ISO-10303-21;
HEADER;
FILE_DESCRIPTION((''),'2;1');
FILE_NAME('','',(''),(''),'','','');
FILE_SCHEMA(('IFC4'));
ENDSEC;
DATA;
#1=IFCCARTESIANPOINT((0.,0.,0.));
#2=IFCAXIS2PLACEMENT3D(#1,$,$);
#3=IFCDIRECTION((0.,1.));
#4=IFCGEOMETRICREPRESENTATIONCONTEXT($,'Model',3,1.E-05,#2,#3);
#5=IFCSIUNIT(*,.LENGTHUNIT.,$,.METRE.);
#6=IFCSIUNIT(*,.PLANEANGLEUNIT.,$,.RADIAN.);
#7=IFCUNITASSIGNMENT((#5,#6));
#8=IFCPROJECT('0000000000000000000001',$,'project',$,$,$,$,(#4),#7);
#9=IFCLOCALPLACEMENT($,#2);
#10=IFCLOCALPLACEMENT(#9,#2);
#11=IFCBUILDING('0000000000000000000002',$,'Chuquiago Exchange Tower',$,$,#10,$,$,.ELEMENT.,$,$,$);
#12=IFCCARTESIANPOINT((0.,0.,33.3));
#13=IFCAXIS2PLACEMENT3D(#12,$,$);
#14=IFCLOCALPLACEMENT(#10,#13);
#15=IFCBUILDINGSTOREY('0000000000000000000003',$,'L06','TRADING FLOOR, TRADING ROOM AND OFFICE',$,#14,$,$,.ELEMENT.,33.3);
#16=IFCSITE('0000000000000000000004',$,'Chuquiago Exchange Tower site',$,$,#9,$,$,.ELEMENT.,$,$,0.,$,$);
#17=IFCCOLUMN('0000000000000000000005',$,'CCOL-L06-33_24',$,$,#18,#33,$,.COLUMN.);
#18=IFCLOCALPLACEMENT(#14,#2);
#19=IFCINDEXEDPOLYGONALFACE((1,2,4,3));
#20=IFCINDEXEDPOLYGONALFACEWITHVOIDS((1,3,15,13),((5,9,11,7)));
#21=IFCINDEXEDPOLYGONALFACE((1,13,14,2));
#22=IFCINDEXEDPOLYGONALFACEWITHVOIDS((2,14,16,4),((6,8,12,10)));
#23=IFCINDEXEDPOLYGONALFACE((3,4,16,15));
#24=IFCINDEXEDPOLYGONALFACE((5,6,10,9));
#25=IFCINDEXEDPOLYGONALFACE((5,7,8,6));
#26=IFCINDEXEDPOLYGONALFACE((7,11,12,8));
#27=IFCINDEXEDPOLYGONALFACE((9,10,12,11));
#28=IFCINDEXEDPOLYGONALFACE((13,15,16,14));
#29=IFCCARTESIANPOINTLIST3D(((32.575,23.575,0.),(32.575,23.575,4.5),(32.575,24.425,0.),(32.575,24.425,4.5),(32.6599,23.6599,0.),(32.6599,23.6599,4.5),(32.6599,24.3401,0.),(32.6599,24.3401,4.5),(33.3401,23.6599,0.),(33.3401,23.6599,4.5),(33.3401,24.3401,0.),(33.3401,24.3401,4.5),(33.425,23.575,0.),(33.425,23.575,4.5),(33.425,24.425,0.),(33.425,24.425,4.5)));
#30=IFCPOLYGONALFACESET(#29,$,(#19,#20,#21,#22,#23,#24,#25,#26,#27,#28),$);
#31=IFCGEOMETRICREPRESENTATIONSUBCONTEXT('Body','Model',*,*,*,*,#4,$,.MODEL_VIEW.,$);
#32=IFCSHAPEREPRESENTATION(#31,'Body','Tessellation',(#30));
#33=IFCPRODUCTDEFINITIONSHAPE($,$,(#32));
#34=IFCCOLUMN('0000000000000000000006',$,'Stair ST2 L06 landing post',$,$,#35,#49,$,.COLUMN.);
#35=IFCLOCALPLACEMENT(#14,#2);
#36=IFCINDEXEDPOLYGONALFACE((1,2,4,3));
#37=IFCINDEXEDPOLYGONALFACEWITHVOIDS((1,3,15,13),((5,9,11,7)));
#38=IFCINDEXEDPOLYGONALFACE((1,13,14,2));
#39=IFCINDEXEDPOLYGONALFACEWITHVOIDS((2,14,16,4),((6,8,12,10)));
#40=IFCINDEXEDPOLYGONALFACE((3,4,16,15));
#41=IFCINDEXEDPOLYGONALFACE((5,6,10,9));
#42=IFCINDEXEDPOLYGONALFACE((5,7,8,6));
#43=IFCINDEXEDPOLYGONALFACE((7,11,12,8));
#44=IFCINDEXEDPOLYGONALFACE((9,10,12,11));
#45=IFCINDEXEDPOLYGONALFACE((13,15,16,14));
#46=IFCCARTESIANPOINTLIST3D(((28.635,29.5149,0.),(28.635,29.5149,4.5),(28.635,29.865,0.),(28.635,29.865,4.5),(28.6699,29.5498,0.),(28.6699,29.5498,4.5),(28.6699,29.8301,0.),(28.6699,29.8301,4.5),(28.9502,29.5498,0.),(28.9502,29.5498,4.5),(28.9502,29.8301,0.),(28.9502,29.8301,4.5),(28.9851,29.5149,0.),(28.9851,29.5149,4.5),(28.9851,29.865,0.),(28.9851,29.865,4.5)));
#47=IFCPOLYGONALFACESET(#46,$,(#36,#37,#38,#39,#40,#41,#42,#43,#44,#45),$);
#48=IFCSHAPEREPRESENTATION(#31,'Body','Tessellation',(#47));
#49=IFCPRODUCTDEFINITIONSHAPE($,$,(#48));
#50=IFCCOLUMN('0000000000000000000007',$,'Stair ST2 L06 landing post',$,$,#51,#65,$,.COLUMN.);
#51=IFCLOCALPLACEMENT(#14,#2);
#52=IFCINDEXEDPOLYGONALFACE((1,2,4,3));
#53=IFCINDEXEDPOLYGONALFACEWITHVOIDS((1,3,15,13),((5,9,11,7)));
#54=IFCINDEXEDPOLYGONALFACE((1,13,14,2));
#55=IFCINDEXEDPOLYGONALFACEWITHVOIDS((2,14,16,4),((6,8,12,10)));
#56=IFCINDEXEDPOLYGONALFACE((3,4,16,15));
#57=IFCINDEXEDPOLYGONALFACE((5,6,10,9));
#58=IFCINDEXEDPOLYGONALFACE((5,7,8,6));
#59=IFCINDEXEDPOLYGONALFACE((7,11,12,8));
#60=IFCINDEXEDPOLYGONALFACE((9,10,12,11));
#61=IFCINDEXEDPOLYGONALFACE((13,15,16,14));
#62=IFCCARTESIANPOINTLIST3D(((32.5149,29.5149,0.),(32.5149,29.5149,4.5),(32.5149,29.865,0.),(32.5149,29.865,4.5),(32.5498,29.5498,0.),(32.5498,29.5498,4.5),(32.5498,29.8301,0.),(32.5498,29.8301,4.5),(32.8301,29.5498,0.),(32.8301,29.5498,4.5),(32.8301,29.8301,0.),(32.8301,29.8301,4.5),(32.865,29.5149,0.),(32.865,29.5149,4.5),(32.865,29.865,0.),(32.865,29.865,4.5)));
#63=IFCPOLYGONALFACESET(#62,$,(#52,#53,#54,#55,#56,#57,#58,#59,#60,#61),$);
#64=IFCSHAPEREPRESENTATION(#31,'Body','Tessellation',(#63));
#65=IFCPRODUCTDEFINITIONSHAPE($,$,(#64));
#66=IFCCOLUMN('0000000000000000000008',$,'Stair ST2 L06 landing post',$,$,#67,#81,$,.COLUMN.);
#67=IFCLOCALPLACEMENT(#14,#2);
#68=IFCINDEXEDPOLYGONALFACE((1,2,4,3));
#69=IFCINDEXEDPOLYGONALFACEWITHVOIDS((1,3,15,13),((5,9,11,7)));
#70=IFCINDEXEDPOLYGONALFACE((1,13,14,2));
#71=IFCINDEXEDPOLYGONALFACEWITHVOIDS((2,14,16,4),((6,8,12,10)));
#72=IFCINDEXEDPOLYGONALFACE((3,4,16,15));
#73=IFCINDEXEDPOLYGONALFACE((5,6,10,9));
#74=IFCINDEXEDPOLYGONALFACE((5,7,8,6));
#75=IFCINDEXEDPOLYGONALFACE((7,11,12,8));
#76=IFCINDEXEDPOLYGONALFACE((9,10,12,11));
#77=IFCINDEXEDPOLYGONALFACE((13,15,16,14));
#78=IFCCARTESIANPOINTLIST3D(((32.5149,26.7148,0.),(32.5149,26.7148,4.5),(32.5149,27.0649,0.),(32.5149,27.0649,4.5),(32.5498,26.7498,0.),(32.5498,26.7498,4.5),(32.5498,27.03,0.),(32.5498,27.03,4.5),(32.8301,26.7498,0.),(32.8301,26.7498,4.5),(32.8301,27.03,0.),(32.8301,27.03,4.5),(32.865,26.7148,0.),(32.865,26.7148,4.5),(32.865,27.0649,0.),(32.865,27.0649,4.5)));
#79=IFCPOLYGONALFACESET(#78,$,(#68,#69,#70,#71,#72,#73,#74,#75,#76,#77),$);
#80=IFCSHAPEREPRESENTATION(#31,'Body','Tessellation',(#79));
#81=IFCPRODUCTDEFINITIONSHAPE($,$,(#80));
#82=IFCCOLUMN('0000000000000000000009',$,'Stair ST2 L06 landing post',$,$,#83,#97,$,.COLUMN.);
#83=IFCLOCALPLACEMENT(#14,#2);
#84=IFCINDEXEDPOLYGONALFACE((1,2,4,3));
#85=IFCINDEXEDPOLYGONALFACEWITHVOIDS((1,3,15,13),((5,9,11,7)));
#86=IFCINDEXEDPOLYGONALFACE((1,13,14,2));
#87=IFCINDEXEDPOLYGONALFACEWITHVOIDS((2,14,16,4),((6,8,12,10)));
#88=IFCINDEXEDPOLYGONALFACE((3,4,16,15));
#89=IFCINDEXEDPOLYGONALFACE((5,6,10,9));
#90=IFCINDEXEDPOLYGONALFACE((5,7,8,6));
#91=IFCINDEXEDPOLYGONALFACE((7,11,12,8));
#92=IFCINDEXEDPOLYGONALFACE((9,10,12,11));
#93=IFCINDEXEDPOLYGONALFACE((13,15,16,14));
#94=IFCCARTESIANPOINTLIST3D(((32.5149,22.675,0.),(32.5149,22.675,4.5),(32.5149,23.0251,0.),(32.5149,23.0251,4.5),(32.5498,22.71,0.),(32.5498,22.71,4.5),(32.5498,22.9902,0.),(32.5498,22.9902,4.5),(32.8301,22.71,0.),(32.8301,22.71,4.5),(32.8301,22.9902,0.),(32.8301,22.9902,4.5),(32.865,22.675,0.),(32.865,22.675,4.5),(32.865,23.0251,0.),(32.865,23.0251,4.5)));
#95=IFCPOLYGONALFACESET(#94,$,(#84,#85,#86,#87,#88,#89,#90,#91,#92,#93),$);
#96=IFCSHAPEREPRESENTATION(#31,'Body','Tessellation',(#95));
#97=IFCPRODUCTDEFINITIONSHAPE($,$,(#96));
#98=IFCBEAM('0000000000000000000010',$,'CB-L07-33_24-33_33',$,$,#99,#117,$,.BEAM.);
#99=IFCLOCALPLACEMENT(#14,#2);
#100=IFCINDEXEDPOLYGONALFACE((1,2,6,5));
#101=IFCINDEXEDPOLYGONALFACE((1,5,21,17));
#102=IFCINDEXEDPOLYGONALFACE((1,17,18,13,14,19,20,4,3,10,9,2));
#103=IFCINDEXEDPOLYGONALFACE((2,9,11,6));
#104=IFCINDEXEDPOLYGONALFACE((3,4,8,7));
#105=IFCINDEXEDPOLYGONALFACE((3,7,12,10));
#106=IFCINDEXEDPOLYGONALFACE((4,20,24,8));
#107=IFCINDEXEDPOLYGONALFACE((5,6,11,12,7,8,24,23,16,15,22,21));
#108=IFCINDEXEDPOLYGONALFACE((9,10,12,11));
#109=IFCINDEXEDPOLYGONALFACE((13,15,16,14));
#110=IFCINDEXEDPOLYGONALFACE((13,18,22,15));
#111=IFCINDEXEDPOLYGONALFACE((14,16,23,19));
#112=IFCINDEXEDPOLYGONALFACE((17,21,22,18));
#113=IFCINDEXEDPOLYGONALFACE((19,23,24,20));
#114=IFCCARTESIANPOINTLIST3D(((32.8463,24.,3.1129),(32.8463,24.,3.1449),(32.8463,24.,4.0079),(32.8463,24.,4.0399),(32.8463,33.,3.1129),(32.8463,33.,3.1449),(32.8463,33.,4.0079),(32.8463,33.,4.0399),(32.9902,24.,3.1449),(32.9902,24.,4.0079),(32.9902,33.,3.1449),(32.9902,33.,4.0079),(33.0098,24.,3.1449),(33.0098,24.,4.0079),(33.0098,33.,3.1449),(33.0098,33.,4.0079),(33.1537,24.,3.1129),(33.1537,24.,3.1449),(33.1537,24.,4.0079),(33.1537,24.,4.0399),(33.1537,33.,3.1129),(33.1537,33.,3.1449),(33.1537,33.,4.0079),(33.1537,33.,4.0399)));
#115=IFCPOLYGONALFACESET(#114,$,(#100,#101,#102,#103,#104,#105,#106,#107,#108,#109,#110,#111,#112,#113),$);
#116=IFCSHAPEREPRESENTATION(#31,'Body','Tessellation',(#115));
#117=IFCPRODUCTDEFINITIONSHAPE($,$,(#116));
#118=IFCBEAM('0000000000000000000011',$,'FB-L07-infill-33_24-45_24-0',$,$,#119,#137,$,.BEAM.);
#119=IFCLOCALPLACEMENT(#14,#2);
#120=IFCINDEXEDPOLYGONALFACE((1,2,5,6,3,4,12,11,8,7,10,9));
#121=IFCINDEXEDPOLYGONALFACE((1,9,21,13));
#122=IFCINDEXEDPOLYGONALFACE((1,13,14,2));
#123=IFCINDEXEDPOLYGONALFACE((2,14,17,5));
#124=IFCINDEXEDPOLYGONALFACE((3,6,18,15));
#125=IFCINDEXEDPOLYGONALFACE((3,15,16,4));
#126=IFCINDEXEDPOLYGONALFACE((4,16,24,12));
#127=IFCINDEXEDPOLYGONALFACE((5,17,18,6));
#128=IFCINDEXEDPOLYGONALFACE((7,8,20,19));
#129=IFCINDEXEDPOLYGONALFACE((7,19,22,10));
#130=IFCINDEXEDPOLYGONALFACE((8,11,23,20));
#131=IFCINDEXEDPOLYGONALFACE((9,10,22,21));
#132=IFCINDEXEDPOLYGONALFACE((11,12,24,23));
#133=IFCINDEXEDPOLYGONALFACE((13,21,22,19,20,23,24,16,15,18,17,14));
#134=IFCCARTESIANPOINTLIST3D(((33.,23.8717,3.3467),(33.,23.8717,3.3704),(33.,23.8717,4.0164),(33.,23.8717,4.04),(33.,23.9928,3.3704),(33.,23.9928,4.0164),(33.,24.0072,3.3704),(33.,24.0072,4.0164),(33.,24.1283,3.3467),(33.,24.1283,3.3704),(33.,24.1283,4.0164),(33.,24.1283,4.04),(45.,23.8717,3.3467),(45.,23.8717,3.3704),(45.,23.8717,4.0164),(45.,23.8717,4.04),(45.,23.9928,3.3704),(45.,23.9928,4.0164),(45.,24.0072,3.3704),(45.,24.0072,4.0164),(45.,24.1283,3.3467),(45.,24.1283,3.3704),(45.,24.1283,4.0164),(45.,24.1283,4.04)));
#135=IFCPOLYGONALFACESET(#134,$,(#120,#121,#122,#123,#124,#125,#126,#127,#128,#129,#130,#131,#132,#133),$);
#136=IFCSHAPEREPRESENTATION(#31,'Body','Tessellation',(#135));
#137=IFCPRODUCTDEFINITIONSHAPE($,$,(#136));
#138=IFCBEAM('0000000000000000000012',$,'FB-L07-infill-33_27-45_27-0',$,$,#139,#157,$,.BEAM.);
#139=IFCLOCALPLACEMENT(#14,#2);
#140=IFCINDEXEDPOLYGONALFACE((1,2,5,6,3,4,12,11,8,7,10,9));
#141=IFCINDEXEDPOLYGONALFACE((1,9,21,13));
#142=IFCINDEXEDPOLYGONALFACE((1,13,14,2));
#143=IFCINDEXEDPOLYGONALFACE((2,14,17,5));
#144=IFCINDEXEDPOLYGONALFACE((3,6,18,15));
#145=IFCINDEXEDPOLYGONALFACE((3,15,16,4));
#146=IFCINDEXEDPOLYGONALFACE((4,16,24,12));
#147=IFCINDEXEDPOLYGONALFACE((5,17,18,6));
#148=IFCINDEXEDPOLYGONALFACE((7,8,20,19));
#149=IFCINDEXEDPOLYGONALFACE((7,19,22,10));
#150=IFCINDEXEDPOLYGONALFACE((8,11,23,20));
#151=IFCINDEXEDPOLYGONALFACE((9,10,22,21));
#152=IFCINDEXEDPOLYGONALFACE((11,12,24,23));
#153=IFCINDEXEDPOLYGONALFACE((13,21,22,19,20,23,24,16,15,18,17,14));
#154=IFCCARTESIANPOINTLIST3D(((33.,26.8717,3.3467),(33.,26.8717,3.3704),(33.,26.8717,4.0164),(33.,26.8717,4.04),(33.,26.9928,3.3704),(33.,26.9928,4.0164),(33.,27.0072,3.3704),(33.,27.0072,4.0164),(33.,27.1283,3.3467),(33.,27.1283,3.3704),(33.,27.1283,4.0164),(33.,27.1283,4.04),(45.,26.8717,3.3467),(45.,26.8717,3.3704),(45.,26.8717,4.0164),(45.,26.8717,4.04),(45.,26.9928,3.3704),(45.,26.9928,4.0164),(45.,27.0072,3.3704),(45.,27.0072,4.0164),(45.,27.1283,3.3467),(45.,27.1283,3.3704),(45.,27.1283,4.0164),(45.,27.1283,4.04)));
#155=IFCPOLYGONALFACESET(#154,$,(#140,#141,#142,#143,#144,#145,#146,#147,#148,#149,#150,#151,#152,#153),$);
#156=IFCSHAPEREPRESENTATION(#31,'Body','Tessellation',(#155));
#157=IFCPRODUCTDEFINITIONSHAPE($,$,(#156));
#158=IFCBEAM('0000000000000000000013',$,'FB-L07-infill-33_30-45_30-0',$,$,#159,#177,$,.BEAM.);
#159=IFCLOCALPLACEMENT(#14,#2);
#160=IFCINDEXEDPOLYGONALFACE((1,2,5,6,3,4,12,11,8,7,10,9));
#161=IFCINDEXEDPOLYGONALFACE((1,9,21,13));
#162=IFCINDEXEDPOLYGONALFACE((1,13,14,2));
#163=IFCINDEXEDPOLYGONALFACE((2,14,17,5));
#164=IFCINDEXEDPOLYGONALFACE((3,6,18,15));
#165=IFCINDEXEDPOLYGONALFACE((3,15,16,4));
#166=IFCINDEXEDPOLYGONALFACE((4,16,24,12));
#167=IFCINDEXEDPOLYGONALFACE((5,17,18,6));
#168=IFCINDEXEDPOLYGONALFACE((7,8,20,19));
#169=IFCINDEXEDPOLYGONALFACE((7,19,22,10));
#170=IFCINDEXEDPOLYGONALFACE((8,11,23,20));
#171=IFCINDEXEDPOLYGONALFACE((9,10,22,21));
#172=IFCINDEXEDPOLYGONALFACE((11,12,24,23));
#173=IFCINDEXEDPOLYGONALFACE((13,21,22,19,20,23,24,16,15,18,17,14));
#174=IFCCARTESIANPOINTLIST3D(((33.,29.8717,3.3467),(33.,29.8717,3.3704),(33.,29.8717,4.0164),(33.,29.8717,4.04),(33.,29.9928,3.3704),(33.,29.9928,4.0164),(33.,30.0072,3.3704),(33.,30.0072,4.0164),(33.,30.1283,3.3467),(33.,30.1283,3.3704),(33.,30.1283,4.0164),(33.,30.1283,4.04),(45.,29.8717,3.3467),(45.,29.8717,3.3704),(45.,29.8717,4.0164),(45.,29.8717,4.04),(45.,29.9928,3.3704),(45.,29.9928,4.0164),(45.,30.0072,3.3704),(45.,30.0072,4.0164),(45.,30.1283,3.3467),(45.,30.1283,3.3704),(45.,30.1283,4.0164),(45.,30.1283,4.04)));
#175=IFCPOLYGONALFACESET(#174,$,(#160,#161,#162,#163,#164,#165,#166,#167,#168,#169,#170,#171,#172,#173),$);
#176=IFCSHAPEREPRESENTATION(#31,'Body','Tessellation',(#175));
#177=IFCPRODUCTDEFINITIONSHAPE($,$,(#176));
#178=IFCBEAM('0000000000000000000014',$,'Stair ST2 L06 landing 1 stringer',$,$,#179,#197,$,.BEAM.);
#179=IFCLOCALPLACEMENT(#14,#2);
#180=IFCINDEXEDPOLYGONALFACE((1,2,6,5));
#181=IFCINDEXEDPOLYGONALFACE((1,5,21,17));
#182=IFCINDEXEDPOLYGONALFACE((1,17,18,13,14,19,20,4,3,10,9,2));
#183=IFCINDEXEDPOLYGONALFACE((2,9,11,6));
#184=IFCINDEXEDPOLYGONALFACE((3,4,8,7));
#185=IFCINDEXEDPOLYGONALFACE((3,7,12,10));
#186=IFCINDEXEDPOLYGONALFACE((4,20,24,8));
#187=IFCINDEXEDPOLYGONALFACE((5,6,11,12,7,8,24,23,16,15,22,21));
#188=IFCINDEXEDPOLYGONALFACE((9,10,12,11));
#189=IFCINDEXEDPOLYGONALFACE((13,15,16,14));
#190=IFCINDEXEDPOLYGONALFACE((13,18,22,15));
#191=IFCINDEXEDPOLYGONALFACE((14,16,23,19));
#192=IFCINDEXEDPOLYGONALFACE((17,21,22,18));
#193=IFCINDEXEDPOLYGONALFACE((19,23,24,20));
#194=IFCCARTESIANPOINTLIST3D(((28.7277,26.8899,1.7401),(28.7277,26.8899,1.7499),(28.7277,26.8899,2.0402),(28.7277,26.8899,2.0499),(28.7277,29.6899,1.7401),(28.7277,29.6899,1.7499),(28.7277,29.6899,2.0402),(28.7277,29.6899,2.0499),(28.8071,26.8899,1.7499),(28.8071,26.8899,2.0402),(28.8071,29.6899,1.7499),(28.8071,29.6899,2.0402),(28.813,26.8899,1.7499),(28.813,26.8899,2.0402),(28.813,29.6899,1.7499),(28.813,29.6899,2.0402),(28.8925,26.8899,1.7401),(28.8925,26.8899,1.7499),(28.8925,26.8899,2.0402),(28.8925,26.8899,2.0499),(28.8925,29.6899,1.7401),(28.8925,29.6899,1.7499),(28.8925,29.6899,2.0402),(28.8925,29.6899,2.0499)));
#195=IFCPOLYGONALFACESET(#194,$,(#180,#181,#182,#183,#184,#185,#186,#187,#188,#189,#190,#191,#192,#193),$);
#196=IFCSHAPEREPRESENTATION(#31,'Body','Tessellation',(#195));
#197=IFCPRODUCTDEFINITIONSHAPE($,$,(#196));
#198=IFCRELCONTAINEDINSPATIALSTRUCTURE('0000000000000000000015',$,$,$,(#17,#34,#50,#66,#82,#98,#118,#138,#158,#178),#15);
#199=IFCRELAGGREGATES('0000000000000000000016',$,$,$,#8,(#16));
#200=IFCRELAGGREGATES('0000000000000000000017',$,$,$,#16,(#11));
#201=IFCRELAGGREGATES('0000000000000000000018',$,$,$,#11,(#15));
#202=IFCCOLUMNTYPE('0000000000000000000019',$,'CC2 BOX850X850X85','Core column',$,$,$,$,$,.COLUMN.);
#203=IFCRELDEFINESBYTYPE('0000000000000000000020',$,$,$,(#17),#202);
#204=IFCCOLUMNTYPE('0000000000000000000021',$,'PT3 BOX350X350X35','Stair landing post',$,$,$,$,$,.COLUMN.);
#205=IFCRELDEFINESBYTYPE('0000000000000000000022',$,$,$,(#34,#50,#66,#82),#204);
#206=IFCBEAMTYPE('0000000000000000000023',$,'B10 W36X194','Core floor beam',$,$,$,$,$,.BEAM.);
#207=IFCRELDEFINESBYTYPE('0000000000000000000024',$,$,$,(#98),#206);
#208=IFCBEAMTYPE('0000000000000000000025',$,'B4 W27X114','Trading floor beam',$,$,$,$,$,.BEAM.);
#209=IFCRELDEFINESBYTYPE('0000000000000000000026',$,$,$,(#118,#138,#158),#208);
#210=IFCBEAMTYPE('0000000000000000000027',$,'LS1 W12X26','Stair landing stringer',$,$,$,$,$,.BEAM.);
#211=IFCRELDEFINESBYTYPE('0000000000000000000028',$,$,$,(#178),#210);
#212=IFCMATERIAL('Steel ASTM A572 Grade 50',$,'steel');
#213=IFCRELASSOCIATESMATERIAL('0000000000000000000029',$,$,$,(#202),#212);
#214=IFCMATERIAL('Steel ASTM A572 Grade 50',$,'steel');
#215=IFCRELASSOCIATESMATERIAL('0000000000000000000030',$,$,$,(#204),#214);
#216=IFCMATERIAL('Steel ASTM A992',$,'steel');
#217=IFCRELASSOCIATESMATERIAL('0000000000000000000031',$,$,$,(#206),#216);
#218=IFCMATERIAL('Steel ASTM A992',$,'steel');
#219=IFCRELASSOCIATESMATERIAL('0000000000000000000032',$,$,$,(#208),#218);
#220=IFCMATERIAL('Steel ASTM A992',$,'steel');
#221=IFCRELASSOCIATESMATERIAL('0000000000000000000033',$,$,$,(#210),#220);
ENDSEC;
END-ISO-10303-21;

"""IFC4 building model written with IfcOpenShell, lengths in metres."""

from ifc_helpers import new_model, si_unit, direction, frame, origin, origin_2d, place, context, subcontext, project, spatial, hollow_rectangle, i_section, extrude, material, material_profile, profile_set, type_object, element, save


model = new_model("IFC4")

# Units and contexts
model_context = context("Model", 3, precision=1e-05, world=origin(), true_north=direction((0.0, 1.0)))
body_context = subcontext(model_context, "Body", "Model", "MODEL_VIEW")
ifc_project = project(units=[si_unit("LENGTHUNIT", "METRE"), si_unit("PLANEANGLEUNIT", "RADIAN")], contexts=[model_context])

# Site, building, storey
site_placement = place(None, origin())
site = spatial("IfcSite", under=ifc_project, at=site_placement, Name="Chuquiago Exchange Tower site", CompositionType="ELEMENT", RefElevation=0.0)
building_placement = place(site_placement, origin())
building = spatial("IfcBuilding", under=site, at=building_placement, Name="Chuquiago Exchange Tower", CompositionType="ELEMENT")
storey_placement = place(building_placement, frame((0.0, 0.0, 33.3)))
storey = spatial("IfcBuildingStorey", under=building, at=storey_placement, Name="L06", Description="TRADING FLOOR, TRADING ROOM AND OFFICE", CompositionType="ELEMENT", Elevation=33.3)

# Columns
ifc_material_1 = material(Name="Steel ASTM A572 Grade 50", Category="steel")
ifc_material_profile_1 = material_profile(ifc_material_1, hollow_rectangle(XDim=0.8501, YDim=0.8501, WallThickness=0.085, at=origin_2d()), Name="BOX850X850X85")
ifc_profile_set_1 = profile_set([ifc_material_profile_1], Name="Steel ASTM A572 Grade 50")
column_type_1 = type_object("IfcColumnType", Name="CC2 BOX850X850X85", Description="Core column", PredefinedType="COLUMN", material=ifc_profile_set_1)
column_placement = place(storey_placement, frame((33.0, 24.0, 0.0), z_axis=(0.0, 0.0, 1.0), x_axis=(1.0, 0.0, 0.0)))
element("IfcColumn", 1, at=column_placement, inside=storey, type_object=column_type_1, Name="CCOL-L06-33_24", PredefinedType="COLUMN", context=body_context, shape_type="SweptSolid", body=[
    extrude(hollow_rectangle(XDim=0.8501, YDim=0.8501, WallThickness=0.085, at=origin_2d()), origin(), (0.0, 0.0, 1.0), 4.5),
])
ifc_material_2 = material(Name="Steel ASTM A572 Grade 50", Category="steel")
ifc_material_profile_2 = material_profile(ifc_material_2, hollow_rectangle(XDim=0.3501, YDim=0.3501, WallThickness=0.0349, at=origin_2d()), Name="BOX350X350X35")
ifc_profile_set_2 = profile_set([ifc_material_profile_2], Name="Steel ASTM A572 Grade 50")
column_type_2 = type_object("IfcColumnType", Name="PT3 BOX350X350X35", Description="Stair landing post", PredefinedType="COLUMN", material=ifc_profile_set_2)
for number, where, z_axis, x_axis, name in (
    (2, (28.8101, 29.6899, 0.0), (0.0, 0.0, 1.0), (1.0, 0.0, 0.0), "Stair ST2 L06 landing post"),
    (3, (32.6899, 29.6899, 0.0), (0.0, 0.0, 1.0), (1.0, 0.0, 0.0), "Stair ST2 L06 landing post"),
    (4, (32.6899, 26.8899, 0.0), (0.0, 0.0, 1.0), (1.0, 0.0, 0.0), "Stair ST2 L06 landing post"),
    (5, (32.6899, 22.8501, 0.0), (0.0, 0.0, 1.0), (1.0, 0.0, 0.0), "Stair ST2 L06 landing post"),
):
    element("IfcColumn", number, at=place(storey_placement, frame(where, z_axis=z_axis, x_axis=x_axis)), inside=storey, type_object=column_type_2, Name=name, PredefinedType="COLUMN", context=body_context, shape_type="SweptSolid", body=[
        extrude(hollow_rectangle(XDim=0.3501, YDim=0.3501, WallThickness=0.0349, at=origin_2d()), origin(), (0.0, 0.0, 1.0), 4.5),
    ])

# Beams
ifc_material_3 = material(Name="Steel ASTM A992", Category="steel")
ifc_material_profile_3 = material_profile(ifc_material_3, i_section(OverallWidth=0.3074, OverallDepth=0.927, WebThickness=0.0195, FlangeThickness=0.032, at=origin_2d()), Name="W36X194")
ifc_profile_set_3 = profile_set([ifc_material_profile_3], Name="Steel ASTM A992")
beam_type_1 = type_object("IfcBeamType", Name="B10 W36X194", Description="Core floor beam", PredefinedType="BEAM", material=ifc_profile_set_3)
beam_placement = place(storey_placement, frame((33.0, 24.0, 3.5764), z_axis=(0.0, 1.0, 0.0), x_axis=(-1.0, 0.0, 0.0)))
element("IfcBeam", 6, at=beam_placement, inside=storey, type_object=beam_type_1, Name="CB-L07-33_24-33_33", PredefinedType="BEAM", context=body_context, shape_type="SweptSolid", body=[
    extrude(i_section(OverallWidth=0.3074, OverallDepth=0.927, WebThickness=0.0195, FlangeThickness=0.032, at=origin_2d()), origin(), (0.0, 0.0, 1.0), 9.0),
])
ifc_material_4 = material(Name="Steel ASTM A992", Category="steel")
ifc_material_profile_4 = material_profile(ifc_material_4, i_section(OverallWidth=0.2566, OverallDepth=0.6934, WebThickness=0.0144, FlangeThickness=0.0237, at=origin_2d()), Name="W27X114")
ifc_profile_set_4 = profile_set([ifc_material_profile_4], Name="Steel ASTM A992")
beam_type_2 = type_object("IfcBeamType", Name="B4 W27X114", Description="Trading floor beam", PredefinedType="BEAM", material=ifc_profile_set_4)
for number, where, z_axis, x_axis, name in (
    (7, (33.0, 24.0, 3.6934), (1.0, 0.0, 0.0), (0.0, 1.0, 0.0), "FB-L07-infill-33_24-45_24-0"),
    (8, (33.0, 27.0, 3.6934), (1.0, 0.0, 0.0), (0.0, 1.0, 0.0), "FB-L07-infill-33_27-45_27-0"),
    (9, (33.0, 30.0, 3.6934), (1.0, 0.0, 0.0), (0.0, 1.0, 0.0), "FB-L07-infill-33_30-45_30-0"),
):
    element("IfcBeam", number, at=place(storey_placement, frame(where, z_axis=z_axis, x_axis=x_axis)), inside=storey, type_object=beam_type_2, Name=name, PredefinedType="BEAM", context=body_context, shape_type="SweptSolid", body=[
        extrude(i_section(OverallWidth=0.2566, OverallDepth=0.6934, WebThickness=0.0144, FlangeThickness=0.0237, at=origin_2d()), origin(), (0.0, 0.0, 1.0), 12.0),
    ])
ifc_material_5 = material(Name="Steel ASTM A992", Category="steel")
ifc_material_profile_5 = material_profile(ifc_material_5, i_section(OverallWidth=0.1648, OverallDepth=0.3098, WebThickness=0.0059, FlangeThickness=0.0098, at=origin_2d()), Name="W12X26")
ifc_profile_set_5 = profile_set([ifc_material_profile_5], Name="Steel ASTM A992")
beam_type_3 = type_object("IfcBeamType", Name="LS1 W12X26", Description="Stair landing stringer", PredefinedType="BEAM", material=ifc_profile_set_5)
for number, where, z_axis, x_axis, name in (
    (10, (28.8101, 26.8899, 1.895), (0.0, 1.0, 0.0), (-1.0, 0.0, 0.0), "Stair ST2 L06 landing 1 stringer"),
):
    element("IfcBeam", number, at=place(storey_placement, frame(where, z_axis=z_axis, x_axis=x_axis)), inside=storey, type_object=beam_type_3, Name=name, PredefinedType="BEAM", context=body_context, shape_type="SweptSolid", body=[
        extrude(i_section(OverallWidth=0.1648, OverallDepth=0.3098, WebThickness=0.0059, FlangeThickness=0.0098, at=origin_2d()), origin(), (0.0, 0.0, 1.0), 2.8),
    ])

save(model, "model.ifc")
